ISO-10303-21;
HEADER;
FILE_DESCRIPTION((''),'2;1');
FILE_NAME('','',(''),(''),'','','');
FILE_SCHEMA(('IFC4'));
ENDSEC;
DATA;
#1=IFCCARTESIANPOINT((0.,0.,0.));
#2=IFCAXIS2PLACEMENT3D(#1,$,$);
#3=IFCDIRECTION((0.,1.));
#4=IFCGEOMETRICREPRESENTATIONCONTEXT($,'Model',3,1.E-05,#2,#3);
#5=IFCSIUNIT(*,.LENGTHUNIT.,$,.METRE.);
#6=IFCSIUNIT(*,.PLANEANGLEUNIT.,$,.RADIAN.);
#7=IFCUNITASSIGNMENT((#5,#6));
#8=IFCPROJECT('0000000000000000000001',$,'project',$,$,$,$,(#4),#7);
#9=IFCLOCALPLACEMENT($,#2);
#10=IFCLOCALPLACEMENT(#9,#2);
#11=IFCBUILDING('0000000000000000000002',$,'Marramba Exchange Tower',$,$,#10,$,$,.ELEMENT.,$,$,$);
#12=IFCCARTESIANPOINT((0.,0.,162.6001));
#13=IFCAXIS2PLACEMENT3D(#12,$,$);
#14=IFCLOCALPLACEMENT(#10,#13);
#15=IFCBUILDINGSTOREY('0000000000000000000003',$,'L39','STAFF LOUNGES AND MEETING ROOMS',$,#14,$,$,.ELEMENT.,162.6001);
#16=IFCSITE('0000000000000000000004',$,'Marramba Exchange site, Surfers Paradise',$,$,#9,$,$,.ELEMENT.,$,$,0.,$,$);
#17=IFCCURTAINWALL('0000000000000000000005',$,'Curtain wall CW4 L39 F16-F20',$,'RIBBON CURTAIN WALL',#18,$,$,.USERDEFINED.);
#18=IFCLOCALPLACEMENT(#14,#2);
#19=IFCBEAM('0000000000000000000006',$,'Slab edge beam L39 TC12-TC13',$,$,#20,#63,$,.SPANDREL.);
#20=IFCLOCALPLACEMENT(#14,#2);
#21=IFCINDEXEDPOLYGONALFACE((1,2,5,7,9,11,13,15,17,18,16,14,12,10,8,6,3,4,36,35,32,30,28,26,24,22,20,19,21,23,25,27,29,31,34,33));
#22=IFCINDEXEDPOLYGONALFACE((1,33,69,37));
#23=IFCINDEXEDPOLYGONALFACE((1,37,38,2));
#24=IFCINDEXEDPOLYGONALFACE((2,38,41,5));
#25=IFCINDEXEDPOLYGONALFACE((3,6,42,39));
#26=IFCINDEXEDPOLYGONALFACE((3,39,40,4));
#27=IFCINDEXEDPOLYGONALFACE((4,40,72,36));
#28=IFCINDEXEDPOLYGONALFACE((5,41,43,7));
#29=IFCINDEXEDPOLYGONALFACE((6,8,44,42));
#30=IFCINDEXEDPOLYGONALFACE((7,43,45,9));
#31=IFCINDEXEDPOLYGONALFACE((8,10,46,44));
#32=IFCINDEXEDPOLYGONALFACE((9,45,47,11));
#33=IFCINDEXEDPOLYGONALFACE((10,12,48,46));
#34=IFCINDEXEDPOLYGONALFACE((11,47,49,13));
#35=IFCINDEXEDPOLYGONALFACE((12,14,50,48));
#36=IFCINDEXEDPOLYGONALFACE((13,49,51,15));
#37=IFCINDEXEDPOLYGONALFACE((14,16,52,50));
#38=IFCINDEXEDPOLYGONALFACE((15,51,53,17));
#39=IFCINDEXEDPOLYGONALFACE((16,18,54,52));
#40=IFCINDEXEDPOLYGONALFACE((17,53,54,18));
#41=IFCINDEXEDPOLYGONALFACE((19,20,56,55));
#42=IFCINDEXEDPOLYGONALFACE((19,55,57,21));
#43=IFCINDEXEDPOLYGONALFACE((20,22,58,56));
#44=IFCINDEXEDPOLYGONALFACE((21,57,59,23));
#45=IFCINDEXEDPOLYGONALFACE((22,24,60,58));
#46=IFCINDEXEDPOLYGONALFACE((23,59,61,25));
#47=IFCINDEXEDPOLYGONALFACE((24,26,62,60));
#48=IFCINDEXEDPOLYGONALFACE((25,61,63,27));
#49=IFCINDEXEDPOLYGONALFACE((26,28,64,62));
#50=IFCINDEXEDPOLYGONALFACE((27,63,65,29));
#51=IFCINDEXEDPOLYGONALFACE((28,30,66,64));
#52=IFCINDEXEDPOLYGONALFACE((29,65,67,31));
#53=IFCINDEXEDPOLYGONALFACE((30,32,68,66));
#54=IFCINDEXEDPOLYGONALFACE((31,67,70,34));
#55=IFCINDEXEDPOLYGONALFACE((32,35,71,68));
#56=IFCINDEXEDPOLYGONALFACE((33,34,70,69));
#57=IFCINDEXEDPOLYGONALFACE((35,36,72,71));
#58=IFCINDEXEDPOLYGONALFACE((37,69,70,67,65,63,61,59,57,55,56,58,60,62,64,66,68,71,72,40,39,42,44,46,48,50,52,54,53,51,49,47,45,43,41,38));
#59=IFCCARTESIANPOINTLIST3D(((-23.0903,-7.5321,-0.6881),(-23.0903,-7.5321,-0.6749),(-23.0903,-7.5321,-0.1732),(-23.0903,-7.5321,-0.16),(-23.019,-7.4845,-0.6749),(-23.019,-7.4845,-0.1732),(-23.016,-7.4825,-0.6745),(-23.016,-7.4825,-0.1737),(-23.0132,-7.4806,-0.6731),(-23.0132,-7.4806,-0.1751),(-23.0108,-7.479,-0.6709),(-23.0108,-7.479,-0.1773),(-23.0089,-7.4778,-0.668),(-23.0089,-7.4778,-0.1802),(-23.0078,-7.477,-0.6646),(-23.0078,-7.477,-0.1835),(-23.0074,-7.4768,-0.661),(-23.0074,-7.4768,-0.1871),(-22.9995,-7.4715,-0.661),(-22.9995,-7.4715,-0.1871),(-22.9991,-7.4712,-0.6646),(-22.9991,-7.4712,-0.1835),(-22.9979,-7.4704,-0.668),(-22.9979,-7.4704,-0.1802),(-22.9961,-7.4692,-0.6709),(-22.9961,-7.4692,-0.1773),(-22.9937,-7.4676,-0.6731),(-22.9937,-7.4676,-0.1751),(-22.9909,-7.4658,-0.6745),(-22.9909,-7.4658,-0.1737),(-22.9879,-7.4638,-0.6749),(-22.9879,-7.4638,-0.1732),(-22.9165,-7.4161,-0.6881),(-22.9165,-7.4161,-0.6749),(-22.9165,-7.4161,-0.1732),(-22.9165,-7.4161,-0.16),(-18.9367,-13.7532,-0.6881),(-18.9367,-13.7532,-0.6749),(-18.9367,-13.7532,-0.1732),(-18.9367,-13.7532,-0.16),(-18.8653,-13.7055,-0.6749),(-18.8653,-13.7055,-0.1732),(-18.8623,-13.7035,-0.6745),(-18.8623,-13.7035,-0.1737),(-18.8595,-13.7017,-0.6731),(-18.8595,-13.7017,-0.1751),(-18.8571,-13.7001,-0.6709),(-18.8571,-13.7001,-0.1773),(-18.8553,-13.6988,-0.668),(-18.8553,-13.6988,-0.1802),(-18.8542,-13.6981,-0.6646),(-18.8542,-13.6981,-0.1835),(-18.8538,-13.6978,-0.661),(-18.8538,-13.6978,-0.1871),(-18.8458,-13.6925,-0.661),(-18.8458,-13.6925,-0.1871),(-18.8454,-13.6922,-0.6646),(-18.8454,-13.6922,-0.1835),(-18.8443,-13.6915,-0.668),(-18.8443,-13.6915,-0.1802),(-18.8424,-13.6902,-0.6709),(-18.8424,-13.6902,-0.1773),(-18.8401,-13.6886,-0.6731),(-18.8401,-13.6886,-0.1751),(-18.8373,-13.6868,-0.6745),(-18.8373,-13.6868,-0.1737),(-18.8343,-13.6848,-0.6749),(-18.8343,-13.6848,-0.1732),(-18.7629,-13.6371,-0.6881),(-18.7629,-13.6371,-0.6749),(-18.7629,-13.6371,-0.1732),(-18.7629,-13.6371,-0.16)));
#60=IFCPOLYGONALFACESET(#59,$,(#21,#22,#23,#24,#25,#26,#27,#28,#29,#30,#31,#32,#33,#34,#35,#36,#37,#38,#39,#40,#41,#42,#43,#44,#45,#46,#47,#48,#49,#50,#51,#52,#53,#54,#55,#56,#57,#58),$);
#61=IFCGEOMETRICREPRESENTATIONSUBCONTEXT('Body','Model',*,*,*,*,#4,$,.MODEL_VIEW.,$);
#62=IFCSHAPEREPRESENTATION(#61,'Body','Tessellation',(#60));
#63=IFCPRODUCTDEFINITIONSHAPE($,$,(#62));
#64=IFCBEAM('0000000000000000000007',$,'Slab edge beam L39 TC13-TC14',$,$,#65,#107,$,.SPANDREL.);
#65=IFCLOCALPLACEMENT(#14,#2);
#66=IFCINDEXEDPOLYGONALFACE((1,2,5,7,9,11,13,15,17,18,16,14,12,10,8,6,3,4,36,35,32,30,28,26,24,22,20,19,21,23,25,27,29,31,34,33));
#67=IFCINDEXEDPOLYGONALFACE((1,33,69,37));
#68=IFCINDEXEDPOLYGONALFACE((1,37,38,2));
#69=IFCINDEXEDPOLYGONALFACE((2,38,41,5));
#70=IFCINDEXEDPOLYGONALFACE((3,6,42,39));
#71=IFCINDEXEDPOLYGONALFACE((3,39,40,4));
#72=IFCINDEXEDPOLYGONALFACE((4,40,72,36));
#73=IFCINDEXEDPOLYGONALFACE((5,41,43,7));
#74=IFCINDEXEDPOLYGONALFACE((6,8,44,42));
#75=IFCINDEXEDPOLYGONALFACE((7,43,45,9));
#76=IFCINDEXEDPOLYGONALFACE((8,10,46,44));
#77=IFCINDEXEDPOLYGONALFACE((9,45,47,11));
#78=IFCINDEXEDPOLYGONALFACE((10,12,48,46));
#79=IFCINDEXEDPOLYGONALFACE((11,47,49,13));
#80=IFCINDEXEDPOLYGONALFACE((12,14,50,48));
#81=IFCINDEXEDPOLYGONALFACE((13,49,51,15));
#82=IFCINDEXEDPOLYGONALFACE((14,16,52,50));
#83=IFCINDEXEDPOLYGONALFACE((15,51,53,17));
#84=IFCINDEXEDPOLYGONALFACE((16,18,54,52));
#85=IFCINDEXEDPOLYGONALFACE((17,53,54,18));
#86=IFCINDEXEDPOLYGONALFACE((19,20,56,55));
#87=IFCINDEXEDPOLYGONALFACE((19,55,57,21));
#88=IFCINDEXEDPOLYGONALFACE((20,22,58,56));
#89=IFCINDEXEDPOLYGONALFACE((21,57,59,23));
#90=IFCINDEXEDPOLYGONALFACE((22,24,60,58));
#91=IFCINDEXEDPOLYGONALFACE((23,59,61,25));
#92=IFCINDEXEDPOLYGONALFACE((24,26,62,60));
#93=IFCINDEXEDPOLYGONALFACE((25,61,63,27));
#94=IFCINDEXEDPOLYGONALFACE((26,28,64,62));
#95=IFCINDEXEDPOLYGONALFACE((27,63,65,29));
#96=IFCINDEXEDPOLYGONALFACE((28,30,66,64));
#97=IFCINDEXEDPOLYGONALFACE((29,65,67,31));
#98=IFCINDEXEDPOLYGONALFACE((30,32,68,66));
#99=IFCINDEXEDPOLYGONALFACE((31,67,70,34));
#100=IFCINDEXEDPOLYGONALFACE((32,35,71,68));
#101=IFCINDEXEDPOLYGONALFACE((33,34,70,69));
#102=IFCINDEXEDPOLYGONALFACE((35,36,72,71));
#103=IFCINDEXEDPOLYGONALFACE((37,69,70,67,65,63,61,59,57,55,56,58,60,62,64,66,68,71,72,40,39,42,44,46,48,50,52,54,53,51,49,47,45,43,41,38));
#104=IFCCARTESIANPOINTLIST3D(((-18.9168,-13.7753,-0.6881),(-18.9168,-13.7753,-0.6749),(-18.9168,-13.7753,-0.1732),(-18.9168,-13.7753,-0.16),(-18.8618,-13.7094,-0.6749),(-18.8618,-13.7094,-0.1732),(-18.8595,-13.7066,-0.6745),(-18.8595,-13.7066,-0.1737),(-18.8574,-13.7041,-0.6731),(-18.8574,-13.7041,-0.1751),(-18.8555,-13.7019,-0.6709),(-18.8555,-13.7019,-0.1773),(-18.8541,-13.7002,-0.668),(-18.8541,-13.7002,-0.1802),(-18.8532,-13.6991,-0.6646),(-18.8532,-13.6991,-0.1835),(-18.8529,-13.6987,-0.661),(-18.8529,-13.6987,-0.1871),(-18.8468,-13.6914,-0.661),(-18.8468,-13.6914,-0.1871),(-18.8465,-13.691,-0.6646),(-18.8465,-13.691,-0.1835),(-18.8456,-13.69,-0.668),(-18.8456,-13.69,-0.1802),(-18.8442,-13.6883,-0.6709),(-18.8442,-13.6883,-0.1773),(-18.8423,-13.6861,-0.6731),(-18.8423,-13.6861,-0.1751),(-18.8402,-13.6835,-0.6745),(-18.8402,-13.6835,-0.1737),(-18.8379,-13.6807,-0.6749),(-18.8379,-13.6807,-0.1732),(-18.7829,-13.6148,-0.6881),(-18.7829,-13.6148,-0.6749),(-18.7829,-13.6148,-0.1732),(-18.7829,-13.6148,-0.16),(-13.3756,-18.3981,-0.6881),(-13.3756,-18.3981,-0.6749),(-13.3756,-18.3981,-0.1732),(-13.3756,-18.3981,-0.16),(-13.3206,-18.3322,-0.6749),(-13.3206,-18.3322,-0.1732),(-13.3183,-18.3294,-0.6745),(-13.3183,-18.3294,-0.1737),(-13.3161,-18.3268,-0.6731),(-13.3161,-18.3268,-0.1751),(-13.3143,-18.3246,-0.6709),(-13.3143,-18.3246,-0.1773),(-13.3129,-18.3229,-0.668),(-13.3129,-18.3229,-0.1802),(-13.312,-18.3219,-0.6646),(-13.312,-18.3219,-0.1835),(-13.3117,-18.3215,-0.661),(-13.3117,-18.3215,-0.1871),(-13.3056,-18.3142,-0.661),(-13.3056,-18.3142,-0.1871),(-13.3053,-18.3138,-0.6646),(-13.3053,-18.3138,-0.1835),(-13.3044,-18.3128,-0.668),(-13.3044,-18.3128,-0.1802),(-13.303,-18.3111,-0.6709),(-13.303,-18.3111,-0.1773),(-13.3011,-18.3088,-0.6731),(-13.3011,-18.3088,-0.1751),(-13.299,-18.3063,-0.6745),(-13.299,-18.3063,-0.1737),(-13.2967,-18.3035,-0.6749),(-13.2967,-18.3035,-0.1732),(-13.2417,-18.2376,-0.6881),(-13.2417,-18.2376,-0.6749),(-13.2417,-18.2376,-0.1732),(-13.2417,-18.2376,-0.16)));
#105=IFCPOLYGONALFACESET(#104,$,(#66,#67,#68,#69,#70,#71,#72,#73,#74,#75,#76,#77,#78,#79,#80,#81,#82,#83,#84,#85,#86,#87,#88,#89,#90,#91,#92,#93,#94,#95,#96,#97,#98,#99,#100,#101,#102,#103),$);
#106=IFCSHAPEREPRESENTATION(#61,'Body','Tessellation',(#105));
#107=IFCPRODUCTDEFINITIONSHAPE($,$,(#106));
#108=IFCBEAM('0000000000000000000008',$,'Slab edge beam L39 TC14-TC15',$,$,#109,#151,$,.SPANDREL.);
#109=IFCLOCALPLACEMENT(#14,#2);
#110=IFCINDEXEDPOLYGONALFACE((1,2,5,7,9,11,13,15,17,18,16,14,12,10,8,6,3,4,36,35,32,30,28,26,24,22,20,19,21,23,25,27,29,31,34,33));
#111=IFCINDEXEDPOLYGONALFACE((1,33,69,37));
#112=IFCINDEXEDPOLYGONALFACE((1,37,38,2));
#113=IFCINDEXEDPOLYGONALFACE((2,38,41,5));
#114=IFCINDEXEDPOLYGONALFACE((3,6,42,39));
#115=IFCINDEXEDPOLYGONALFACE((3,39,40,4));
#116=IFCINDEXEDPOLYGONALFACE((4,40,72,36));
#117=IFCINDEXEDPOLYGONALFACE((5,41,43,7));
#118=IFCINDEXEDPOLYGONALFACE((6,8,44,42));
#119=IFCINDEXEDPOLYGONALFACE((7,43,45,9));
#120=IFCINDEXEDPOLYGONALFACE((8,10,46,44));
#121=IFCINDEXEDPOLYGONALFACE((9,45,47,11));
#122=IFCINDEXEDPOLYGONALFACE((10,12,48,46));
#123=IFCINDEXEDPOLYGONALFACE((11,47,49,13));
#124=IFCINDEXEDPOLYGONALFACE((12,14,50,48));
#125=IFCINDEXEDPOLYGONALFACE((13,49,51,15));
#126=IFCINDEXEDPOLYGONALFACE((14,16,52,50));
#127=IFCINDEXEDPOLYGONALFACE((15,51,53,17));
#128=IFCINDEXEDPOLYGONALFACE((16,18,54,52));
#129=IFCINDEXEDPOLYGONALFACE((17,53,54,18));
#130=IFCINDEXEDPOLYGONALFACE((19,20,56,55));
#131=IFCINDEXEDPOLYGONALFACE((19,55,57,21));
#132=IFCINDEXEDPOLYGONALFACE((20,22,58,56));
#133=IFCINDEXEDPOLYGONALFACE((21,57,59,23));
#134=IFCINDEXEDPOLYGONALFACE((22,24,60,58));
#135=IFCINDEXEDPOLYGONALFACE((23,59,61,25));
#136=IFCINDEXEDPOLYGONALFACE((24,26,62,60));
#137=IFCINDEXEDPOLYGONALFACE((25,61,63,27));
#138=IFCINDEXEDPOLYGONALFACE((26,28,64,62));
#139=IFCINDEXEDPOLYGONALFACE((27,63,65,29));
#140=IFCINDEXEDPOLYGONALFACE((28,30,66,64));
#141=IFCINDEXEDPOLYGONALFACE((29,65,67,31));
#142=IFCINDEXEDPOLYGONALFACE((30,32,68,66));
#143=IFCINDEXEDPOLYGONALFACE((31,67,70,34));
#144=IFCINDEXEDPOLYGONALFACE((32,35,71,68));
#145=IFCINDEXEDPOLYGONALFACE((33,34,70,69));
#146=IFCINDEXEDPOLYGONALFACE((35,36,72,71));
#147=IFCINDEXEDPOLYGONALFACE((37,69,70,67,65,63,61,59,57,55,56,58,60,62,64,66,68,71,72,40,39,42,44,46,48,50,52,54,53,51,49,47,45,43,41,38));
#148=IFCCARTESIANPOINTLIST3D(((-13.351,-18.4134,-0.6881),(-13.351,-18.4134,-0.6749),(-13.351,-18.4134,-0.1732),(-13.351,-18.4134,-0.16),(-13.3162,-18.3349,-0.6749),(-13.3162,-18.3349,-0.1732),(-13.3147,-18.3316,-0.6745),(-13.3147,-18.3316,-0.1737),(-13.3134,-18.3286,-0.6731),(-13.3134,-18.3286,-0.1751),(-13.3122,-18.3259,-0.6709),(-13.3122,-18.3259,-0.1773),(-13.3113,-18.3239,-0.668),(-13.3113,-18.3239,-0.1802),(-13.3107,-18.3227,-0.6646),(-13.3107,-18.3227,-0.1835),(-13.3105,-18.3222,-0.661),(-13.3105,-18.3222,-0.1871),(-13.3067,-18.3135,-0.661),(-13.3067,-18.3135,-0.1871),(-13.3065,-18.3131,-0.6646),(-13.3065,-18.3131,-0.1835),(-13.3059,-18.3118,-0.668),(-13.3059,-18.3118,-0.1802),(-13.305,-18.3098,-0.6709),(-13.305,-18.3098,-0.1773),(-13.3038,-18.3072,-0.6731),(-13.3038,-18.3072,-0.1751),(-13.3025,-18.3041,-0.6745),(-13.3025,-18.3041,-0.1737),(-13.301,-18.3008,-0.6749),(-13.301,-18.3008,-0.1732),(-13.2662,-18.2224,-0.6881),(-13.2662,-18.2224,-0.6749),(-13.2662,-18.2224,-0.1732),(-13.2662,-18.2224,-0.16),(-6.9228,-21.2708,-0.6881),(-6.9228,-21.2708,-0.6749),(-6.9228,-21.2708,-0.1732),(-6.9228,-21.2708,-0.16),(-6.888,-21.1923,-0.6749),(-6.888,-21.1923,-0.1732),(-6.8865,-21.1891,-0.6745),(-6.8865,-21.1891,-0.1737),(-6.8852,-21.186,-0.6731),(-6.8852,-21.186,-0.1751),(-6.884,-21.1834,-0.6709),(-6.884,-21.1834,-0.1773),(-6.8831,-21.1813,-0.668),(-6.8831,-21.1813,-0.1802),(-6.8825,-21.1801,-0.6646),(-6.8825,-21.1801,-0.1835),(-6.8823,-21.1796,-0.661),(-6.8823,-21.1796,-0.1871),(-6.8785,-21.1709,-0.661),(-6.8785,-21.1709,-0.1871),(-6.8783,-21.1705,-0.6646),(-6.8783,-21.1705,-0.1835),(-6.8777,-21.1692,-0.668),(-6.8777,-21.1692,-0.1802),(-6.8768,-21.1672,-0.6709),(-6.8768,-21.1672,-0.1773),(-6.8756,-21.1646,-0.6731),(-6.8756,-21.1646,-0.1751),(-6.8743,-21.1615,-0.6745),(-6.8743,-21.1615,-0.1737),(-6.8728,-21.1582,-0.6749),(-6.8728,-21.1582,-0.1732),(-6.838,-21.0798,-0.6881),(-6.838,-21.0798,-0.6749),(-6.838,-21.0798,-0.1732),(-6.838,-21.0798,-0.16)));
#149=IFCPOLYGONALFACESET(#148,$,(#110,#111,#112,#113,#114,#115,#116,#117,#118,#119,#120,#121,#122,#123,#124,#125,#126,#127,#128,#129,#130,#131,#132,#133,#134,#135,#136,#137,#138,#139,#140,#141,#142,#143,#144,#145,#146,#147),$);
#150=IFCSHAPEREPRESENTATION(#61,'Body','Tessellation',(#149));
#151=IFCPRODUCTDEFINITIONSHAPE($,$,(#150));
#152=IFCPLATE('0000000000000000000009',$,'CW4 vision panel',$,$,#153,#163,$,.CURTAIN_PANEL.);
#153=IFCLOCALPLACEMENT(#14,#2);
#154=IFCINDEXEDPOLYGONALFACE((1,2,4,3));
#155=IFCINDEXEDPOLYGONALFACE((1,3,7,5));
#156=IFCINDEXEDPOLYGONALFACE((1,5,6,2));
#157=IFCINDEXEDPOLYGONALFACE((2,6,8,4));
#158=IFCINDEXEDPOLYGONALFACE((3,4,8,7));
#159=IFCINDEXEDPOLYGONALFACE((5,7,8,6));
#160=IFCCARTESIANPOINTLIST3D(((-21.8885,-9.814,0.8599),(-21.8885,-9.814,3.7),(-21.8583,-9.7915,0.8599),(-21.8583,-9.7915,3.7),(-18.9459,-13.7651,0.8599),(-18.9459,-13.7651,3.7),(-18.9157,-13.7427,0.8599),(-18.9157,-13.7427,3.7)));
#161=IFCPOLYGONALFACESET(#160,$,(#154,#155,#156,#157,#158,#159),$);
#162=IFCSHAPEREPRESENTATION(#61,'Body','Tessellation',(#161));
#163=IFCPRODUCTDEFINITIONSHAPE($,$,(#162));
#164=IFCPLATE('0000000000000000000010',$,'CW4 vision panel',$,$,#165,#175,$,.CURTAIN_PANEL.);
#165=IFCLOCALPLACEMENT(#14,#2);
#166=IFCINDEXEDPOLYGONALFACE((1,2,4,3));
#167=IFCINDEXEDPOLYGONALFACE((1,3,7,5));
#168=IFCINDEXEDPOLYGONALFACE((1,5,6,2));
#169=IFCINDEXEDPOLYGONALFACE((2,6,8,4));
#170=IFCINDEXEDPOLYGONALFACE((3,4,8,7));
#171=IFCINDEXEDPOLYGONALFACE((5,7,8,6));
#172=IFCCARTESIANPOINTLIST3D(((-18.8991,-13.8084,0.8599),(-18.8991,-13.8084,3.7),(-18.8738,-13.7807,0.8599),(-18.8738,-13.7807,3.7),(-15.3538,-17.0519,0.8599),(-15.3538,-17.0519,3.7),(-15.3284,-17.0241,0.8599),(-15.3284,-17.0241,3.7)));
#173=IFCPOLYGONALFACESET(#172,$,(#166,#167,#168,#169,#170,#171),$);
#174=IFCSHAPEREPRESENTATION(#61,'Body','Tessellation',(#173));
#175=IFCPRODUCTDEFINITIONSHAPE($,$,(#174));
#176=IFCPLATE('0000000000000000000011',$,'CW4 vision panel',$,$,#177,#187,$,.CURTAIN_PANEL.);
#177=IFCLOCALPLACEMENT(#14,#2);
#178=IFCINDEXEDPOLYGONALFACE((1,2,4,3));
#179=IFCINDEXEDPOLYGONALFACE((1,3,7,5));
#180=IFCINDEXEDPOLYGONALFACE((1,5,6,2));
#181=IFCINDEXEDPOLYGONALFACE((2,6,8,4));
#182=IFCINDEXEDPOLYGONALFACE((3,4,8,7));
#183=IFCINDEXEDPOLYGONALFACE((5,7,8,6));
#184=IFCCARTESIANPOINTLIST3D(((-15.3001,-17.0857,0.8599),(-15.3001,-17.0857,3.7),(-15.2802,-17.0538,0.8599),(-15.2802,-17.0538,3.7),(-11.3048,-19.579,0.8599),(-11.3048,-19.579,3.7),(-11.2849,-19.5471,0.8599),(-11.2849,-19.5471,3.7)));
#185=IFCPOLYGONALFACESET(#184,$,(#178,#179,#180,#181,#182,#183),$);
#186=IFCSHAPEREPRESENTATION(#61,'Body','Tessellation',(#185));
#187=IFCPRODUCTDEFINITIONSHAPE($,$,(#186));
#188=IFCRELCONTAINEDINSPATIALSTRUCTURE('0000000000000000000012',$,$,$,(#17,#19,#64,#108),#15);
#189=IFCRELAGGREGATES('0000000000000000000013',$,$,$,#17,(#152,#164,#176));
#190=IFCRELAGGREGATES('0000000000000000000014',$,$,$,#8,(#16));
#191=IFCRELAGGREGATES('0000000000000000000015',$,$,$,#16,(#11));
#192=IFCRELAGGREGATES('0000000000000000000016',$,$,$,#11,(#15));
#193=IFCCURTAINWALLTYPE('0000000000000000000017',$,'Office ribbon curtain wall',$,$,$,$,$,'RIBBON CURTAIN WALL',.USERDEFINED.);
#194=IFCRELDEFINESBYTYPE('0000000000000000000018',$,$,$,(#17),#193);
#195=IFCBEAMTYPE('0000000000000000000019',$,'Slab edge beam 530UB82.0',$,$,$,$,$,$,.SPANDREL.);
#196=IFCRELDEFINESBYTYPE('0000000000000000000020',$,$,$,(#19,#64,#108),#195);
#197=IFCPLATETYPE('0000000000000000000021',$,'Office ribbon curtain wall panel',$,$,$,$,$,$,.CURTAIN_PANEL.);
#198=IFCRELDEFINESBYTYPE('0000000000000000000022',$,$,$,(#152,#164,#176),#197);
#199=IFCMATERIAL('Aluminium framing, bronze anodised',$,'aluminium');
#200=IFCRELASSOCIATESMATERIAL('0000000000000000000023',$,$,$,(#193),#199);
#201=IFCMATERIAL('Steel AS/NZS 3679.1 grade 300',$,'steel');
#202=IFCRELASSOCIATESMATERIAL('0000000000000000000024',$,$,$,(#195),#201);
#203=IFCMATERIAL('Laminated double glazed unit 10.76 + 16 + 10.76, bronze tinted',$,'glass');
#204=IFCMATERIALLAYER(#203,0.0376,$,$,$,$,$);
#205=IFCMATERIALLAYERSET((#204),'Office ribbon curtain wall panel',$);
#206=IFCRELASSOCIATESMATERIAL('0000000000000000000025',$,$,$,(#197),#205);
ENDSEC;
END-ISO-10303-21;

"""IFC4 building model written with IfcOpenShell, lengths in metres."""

from ifc_helpers import new_model, si_unit, direction, frame, origin, origin_2d, place, context, subcontext, project, spatial, rectangle, i_section, extrude, material, layer, layer_set, material_profile, profile_set, type_object, element, aggregate, save


model = new_model("IFC4")

# Units and contexts
model_context = context("Model", 3, precision=1e-05, world=origin(), true_north=direction((0.0, 1.0)))
body_context = subcontext(model_context, "Body", "Model", "MODEL_VIEW")
ifc_project = project(units=[si_unit("LENGTHUNIT", "METRE"), si_unit("PLANEANGLEUNIT", "RADIAN")], contexts=[model_context])

# Site, building, storey
site_placement = place(None, origin())
site = spatial("IfcSite", under=ifc_project, at=site_placement, Name="Marramba Exchange site, Surfers Paradise", CompositionType="ELEMENT", RefElevation=0.0)
building_placement = place(site_placement, origin())
building = spatial("IfcBuilding", under=site, at=building_placement, Name="Marramba Exchange Tower", CompositionType="ELEMENT")
storey_placement = place(building_placement, frame((0.0, 0.0, 162.6001)))
storey = spatial("IfcBuildingStorey", under=building, at=storey_placement, Name="L39", Description="STAFF LOUNGES AND MEETING ROOMS", CompositionType="ELEMENT", Elevation=162.6001)

# Curtain wall
ifc_material_1 = material(Name="Aluminium framing, bronze anodised", Category="aluminium")
curtain_wall_type = type_object("IfcCurtainWallType", Name="Office ribbon curtain wall", ElementType="RIBBON CURTAIN WALL", PredefinedType="USERDEFINED", material=ifc_material_1)
curtain_wall_placement = place(storey_placement, origin())
curtain_wall = element("IfcCurtainWall", 1, at=curtain_wall_placement, inside=storey, type_object=curtain_wall_type, Name="Curtain wall CW4 L39 F16-F20", ObjectType="RIBBON CURTAIN WALL", PredefinedType="USERDEFINED")

# Beams
ifc_material_2 = material(Name="Steel AS/NZS 3679.1 grade 300", Category="steel")
ifc_material_profile_1 = material_profile(ifc_material_2, i_section(OverallWidth=0.209, OverallDepth=0.5281, WebThickness=0.0095, FlangeThickness=0.0132, FilletRadius=0.0139, at=origin_2d()), Name="530UB82.0")
ifc_profile_set_1 = profile_set([ifc_material_profile_1], Name="Steel AS/NZS 3679.1 grade 300")
beam_type_1 = type_object("IfcBeamType", Name="Slab edge beam 530UB82.0", PredefinedType="SPANDREL", material=ifc_profile_set_1)
beam_1_placement = place(storey_placement, frame((-23.0034, -7.4741, -0.4241), z_axis=(0.55528, -0.831663, 0.0), x_axis=(0.831663, 0.55528, 0.0)))
element("IfcBeam", 2, at=beam_1_placement, inside=storey, type_object=beam_type_1, Name="Slab edge beam L39 TC12-TC13", PredefinedType="SPANDREL", context=body_context, shape_type="SweptSolid", body=[
    extrude(i_section(OverallWidth=0.209, OverallDepth=0.5281, WebThickness=0.0095, FlangeThickness=0.0132, FilletRadius=0.0139, at=origin_2d()), origin(), (0.0, 0.0, 1.0), 7.4802),
])
beam_2_placement = place(storey_placement, frame((-18.8499, -13.6951, -0.4241), z_axis=(0.767875, -0.6406, 0.0), x_axis=(0.6406, 0.767875, 0.0)))
element("IfcBeam", 3, at=beam_2_placement, inside=storey, type_object=beam_type_1, Name="Slab edge beam L39 TC13-TC14", PredefinedType="SPANDREL", context=body_context, shape_type="SweptSolid", body=[
    extrude(i_section(OverallWidth=0.209, OverallDepth=0.5281, WebThickness=0.0095, FlangeThickness=0.0132, FilletRadius=0.0139, at=origin_2d()), origin(), (0.0, 0.0, 1.0), 7.2163),
])
beam_3_placement = place(storey_placement, frame((-13.3086, -18.3179, -0.4241), z_axis=(0.913789, -0.40619, 0.0), x_axis=(0.40619, 0.913789, 0.0)))
element("IfcBeam", 4, at=beam_3_placement, inside=storey, type_object=beam_type_1, Name="Slab edge beam L39 TC14-TC15", PredefinedType="SPANDREL", context=body_context, shape_type="SweptSolid", body=[
    extrude(i_section(OverallWidth=0.209, OverallDepth=0.5281, WebThickness=0.0095, FlangeThickness=0.0132, FilletRadius=0.0139, at=origin_2d()), origin(), (0.0, 0.0, 1.0), 7.0347),
])

# Plates
ifc_material_3 = material(Name="Laminated double glazed unit 10.76 + 16 + 10.76, bronze tinted", Category="glass")
ifc_layer_1 = layer(ifc_material_3, 0.0376)
ifc_layer_set_1 = layer_set([ifc_layer_1], Name="Office ribbon curtain wall panel")
plate_type = type_object("IfcPlateType", Name="Office ribbon curtain wall panel", PredefinedType="CURTAIN_PANEL", material=ifc_layer_set_1)
plate_1_placement = place(storey_placement, frame((-20.4021, -11.7783, 0.8599), z_axis=(0.0, 0.0, 1.0), x_axis=(0.597305, -0.802014, 0.0)))
plate_1 = element("IfcPlate", 5, at=plate_1_placement, type_object=plate_type, Name="CW4 vision panel", PredefinedType="CURTAIN_PANEL", context=body_context, shape_type="SweptSolid", body=[
    extrude(rectangle(XDim=4.9265, YDim=0.0376, at=origin_2d()), origin(), (0.0, 0.0, 1.0), 2.8401),
])
plate_2_placement = place(storey_placement, frame((-17.1138, -15.4163, 0.8599), z_axis=(0.0, 0.0, 1.0), x_axis=(0.737822, -0.674995, 0.0)))
plate_2 = element("IfcPlate", 6, at=plate_2_placement, type_object=plate_type, Name="CW4 vision panel", PredefinedType="CURTAIN_PANEL", context=body_context, shape_type="SweptSolid", body=[
    extrude(rectangle(XDim=4.8052, YDim=0.0376, at=origin_2d()), origin(), (0.0, 0.0, 1.0), 2.8401),
])
plate_3_placement = place(storey_placement, frame((-13.2925, -18.3164, 0.8599), z_axis=(0.0, 0.0, 1.0), x_axis=(0.848355, -0.529428, 0.0)))
plate_3 = element("IfcPlate", 7, at=plate_3_placement, type_object=plate_type, Name="CW4 vision panel", PredefinedType="CURTAIN_PANEL", context=body_context, shape_type="SweptSolid", body=[
    extrude(rectangle(XDim=4.7095, YDim=0.0376, at=origin_2d()), origin(), (0.0, 0.0, 1.0), 2.8401),
])
aggregate(curtain_wall, [plate_1, plate_2, plate_3])

save(model, "model.ifc")
